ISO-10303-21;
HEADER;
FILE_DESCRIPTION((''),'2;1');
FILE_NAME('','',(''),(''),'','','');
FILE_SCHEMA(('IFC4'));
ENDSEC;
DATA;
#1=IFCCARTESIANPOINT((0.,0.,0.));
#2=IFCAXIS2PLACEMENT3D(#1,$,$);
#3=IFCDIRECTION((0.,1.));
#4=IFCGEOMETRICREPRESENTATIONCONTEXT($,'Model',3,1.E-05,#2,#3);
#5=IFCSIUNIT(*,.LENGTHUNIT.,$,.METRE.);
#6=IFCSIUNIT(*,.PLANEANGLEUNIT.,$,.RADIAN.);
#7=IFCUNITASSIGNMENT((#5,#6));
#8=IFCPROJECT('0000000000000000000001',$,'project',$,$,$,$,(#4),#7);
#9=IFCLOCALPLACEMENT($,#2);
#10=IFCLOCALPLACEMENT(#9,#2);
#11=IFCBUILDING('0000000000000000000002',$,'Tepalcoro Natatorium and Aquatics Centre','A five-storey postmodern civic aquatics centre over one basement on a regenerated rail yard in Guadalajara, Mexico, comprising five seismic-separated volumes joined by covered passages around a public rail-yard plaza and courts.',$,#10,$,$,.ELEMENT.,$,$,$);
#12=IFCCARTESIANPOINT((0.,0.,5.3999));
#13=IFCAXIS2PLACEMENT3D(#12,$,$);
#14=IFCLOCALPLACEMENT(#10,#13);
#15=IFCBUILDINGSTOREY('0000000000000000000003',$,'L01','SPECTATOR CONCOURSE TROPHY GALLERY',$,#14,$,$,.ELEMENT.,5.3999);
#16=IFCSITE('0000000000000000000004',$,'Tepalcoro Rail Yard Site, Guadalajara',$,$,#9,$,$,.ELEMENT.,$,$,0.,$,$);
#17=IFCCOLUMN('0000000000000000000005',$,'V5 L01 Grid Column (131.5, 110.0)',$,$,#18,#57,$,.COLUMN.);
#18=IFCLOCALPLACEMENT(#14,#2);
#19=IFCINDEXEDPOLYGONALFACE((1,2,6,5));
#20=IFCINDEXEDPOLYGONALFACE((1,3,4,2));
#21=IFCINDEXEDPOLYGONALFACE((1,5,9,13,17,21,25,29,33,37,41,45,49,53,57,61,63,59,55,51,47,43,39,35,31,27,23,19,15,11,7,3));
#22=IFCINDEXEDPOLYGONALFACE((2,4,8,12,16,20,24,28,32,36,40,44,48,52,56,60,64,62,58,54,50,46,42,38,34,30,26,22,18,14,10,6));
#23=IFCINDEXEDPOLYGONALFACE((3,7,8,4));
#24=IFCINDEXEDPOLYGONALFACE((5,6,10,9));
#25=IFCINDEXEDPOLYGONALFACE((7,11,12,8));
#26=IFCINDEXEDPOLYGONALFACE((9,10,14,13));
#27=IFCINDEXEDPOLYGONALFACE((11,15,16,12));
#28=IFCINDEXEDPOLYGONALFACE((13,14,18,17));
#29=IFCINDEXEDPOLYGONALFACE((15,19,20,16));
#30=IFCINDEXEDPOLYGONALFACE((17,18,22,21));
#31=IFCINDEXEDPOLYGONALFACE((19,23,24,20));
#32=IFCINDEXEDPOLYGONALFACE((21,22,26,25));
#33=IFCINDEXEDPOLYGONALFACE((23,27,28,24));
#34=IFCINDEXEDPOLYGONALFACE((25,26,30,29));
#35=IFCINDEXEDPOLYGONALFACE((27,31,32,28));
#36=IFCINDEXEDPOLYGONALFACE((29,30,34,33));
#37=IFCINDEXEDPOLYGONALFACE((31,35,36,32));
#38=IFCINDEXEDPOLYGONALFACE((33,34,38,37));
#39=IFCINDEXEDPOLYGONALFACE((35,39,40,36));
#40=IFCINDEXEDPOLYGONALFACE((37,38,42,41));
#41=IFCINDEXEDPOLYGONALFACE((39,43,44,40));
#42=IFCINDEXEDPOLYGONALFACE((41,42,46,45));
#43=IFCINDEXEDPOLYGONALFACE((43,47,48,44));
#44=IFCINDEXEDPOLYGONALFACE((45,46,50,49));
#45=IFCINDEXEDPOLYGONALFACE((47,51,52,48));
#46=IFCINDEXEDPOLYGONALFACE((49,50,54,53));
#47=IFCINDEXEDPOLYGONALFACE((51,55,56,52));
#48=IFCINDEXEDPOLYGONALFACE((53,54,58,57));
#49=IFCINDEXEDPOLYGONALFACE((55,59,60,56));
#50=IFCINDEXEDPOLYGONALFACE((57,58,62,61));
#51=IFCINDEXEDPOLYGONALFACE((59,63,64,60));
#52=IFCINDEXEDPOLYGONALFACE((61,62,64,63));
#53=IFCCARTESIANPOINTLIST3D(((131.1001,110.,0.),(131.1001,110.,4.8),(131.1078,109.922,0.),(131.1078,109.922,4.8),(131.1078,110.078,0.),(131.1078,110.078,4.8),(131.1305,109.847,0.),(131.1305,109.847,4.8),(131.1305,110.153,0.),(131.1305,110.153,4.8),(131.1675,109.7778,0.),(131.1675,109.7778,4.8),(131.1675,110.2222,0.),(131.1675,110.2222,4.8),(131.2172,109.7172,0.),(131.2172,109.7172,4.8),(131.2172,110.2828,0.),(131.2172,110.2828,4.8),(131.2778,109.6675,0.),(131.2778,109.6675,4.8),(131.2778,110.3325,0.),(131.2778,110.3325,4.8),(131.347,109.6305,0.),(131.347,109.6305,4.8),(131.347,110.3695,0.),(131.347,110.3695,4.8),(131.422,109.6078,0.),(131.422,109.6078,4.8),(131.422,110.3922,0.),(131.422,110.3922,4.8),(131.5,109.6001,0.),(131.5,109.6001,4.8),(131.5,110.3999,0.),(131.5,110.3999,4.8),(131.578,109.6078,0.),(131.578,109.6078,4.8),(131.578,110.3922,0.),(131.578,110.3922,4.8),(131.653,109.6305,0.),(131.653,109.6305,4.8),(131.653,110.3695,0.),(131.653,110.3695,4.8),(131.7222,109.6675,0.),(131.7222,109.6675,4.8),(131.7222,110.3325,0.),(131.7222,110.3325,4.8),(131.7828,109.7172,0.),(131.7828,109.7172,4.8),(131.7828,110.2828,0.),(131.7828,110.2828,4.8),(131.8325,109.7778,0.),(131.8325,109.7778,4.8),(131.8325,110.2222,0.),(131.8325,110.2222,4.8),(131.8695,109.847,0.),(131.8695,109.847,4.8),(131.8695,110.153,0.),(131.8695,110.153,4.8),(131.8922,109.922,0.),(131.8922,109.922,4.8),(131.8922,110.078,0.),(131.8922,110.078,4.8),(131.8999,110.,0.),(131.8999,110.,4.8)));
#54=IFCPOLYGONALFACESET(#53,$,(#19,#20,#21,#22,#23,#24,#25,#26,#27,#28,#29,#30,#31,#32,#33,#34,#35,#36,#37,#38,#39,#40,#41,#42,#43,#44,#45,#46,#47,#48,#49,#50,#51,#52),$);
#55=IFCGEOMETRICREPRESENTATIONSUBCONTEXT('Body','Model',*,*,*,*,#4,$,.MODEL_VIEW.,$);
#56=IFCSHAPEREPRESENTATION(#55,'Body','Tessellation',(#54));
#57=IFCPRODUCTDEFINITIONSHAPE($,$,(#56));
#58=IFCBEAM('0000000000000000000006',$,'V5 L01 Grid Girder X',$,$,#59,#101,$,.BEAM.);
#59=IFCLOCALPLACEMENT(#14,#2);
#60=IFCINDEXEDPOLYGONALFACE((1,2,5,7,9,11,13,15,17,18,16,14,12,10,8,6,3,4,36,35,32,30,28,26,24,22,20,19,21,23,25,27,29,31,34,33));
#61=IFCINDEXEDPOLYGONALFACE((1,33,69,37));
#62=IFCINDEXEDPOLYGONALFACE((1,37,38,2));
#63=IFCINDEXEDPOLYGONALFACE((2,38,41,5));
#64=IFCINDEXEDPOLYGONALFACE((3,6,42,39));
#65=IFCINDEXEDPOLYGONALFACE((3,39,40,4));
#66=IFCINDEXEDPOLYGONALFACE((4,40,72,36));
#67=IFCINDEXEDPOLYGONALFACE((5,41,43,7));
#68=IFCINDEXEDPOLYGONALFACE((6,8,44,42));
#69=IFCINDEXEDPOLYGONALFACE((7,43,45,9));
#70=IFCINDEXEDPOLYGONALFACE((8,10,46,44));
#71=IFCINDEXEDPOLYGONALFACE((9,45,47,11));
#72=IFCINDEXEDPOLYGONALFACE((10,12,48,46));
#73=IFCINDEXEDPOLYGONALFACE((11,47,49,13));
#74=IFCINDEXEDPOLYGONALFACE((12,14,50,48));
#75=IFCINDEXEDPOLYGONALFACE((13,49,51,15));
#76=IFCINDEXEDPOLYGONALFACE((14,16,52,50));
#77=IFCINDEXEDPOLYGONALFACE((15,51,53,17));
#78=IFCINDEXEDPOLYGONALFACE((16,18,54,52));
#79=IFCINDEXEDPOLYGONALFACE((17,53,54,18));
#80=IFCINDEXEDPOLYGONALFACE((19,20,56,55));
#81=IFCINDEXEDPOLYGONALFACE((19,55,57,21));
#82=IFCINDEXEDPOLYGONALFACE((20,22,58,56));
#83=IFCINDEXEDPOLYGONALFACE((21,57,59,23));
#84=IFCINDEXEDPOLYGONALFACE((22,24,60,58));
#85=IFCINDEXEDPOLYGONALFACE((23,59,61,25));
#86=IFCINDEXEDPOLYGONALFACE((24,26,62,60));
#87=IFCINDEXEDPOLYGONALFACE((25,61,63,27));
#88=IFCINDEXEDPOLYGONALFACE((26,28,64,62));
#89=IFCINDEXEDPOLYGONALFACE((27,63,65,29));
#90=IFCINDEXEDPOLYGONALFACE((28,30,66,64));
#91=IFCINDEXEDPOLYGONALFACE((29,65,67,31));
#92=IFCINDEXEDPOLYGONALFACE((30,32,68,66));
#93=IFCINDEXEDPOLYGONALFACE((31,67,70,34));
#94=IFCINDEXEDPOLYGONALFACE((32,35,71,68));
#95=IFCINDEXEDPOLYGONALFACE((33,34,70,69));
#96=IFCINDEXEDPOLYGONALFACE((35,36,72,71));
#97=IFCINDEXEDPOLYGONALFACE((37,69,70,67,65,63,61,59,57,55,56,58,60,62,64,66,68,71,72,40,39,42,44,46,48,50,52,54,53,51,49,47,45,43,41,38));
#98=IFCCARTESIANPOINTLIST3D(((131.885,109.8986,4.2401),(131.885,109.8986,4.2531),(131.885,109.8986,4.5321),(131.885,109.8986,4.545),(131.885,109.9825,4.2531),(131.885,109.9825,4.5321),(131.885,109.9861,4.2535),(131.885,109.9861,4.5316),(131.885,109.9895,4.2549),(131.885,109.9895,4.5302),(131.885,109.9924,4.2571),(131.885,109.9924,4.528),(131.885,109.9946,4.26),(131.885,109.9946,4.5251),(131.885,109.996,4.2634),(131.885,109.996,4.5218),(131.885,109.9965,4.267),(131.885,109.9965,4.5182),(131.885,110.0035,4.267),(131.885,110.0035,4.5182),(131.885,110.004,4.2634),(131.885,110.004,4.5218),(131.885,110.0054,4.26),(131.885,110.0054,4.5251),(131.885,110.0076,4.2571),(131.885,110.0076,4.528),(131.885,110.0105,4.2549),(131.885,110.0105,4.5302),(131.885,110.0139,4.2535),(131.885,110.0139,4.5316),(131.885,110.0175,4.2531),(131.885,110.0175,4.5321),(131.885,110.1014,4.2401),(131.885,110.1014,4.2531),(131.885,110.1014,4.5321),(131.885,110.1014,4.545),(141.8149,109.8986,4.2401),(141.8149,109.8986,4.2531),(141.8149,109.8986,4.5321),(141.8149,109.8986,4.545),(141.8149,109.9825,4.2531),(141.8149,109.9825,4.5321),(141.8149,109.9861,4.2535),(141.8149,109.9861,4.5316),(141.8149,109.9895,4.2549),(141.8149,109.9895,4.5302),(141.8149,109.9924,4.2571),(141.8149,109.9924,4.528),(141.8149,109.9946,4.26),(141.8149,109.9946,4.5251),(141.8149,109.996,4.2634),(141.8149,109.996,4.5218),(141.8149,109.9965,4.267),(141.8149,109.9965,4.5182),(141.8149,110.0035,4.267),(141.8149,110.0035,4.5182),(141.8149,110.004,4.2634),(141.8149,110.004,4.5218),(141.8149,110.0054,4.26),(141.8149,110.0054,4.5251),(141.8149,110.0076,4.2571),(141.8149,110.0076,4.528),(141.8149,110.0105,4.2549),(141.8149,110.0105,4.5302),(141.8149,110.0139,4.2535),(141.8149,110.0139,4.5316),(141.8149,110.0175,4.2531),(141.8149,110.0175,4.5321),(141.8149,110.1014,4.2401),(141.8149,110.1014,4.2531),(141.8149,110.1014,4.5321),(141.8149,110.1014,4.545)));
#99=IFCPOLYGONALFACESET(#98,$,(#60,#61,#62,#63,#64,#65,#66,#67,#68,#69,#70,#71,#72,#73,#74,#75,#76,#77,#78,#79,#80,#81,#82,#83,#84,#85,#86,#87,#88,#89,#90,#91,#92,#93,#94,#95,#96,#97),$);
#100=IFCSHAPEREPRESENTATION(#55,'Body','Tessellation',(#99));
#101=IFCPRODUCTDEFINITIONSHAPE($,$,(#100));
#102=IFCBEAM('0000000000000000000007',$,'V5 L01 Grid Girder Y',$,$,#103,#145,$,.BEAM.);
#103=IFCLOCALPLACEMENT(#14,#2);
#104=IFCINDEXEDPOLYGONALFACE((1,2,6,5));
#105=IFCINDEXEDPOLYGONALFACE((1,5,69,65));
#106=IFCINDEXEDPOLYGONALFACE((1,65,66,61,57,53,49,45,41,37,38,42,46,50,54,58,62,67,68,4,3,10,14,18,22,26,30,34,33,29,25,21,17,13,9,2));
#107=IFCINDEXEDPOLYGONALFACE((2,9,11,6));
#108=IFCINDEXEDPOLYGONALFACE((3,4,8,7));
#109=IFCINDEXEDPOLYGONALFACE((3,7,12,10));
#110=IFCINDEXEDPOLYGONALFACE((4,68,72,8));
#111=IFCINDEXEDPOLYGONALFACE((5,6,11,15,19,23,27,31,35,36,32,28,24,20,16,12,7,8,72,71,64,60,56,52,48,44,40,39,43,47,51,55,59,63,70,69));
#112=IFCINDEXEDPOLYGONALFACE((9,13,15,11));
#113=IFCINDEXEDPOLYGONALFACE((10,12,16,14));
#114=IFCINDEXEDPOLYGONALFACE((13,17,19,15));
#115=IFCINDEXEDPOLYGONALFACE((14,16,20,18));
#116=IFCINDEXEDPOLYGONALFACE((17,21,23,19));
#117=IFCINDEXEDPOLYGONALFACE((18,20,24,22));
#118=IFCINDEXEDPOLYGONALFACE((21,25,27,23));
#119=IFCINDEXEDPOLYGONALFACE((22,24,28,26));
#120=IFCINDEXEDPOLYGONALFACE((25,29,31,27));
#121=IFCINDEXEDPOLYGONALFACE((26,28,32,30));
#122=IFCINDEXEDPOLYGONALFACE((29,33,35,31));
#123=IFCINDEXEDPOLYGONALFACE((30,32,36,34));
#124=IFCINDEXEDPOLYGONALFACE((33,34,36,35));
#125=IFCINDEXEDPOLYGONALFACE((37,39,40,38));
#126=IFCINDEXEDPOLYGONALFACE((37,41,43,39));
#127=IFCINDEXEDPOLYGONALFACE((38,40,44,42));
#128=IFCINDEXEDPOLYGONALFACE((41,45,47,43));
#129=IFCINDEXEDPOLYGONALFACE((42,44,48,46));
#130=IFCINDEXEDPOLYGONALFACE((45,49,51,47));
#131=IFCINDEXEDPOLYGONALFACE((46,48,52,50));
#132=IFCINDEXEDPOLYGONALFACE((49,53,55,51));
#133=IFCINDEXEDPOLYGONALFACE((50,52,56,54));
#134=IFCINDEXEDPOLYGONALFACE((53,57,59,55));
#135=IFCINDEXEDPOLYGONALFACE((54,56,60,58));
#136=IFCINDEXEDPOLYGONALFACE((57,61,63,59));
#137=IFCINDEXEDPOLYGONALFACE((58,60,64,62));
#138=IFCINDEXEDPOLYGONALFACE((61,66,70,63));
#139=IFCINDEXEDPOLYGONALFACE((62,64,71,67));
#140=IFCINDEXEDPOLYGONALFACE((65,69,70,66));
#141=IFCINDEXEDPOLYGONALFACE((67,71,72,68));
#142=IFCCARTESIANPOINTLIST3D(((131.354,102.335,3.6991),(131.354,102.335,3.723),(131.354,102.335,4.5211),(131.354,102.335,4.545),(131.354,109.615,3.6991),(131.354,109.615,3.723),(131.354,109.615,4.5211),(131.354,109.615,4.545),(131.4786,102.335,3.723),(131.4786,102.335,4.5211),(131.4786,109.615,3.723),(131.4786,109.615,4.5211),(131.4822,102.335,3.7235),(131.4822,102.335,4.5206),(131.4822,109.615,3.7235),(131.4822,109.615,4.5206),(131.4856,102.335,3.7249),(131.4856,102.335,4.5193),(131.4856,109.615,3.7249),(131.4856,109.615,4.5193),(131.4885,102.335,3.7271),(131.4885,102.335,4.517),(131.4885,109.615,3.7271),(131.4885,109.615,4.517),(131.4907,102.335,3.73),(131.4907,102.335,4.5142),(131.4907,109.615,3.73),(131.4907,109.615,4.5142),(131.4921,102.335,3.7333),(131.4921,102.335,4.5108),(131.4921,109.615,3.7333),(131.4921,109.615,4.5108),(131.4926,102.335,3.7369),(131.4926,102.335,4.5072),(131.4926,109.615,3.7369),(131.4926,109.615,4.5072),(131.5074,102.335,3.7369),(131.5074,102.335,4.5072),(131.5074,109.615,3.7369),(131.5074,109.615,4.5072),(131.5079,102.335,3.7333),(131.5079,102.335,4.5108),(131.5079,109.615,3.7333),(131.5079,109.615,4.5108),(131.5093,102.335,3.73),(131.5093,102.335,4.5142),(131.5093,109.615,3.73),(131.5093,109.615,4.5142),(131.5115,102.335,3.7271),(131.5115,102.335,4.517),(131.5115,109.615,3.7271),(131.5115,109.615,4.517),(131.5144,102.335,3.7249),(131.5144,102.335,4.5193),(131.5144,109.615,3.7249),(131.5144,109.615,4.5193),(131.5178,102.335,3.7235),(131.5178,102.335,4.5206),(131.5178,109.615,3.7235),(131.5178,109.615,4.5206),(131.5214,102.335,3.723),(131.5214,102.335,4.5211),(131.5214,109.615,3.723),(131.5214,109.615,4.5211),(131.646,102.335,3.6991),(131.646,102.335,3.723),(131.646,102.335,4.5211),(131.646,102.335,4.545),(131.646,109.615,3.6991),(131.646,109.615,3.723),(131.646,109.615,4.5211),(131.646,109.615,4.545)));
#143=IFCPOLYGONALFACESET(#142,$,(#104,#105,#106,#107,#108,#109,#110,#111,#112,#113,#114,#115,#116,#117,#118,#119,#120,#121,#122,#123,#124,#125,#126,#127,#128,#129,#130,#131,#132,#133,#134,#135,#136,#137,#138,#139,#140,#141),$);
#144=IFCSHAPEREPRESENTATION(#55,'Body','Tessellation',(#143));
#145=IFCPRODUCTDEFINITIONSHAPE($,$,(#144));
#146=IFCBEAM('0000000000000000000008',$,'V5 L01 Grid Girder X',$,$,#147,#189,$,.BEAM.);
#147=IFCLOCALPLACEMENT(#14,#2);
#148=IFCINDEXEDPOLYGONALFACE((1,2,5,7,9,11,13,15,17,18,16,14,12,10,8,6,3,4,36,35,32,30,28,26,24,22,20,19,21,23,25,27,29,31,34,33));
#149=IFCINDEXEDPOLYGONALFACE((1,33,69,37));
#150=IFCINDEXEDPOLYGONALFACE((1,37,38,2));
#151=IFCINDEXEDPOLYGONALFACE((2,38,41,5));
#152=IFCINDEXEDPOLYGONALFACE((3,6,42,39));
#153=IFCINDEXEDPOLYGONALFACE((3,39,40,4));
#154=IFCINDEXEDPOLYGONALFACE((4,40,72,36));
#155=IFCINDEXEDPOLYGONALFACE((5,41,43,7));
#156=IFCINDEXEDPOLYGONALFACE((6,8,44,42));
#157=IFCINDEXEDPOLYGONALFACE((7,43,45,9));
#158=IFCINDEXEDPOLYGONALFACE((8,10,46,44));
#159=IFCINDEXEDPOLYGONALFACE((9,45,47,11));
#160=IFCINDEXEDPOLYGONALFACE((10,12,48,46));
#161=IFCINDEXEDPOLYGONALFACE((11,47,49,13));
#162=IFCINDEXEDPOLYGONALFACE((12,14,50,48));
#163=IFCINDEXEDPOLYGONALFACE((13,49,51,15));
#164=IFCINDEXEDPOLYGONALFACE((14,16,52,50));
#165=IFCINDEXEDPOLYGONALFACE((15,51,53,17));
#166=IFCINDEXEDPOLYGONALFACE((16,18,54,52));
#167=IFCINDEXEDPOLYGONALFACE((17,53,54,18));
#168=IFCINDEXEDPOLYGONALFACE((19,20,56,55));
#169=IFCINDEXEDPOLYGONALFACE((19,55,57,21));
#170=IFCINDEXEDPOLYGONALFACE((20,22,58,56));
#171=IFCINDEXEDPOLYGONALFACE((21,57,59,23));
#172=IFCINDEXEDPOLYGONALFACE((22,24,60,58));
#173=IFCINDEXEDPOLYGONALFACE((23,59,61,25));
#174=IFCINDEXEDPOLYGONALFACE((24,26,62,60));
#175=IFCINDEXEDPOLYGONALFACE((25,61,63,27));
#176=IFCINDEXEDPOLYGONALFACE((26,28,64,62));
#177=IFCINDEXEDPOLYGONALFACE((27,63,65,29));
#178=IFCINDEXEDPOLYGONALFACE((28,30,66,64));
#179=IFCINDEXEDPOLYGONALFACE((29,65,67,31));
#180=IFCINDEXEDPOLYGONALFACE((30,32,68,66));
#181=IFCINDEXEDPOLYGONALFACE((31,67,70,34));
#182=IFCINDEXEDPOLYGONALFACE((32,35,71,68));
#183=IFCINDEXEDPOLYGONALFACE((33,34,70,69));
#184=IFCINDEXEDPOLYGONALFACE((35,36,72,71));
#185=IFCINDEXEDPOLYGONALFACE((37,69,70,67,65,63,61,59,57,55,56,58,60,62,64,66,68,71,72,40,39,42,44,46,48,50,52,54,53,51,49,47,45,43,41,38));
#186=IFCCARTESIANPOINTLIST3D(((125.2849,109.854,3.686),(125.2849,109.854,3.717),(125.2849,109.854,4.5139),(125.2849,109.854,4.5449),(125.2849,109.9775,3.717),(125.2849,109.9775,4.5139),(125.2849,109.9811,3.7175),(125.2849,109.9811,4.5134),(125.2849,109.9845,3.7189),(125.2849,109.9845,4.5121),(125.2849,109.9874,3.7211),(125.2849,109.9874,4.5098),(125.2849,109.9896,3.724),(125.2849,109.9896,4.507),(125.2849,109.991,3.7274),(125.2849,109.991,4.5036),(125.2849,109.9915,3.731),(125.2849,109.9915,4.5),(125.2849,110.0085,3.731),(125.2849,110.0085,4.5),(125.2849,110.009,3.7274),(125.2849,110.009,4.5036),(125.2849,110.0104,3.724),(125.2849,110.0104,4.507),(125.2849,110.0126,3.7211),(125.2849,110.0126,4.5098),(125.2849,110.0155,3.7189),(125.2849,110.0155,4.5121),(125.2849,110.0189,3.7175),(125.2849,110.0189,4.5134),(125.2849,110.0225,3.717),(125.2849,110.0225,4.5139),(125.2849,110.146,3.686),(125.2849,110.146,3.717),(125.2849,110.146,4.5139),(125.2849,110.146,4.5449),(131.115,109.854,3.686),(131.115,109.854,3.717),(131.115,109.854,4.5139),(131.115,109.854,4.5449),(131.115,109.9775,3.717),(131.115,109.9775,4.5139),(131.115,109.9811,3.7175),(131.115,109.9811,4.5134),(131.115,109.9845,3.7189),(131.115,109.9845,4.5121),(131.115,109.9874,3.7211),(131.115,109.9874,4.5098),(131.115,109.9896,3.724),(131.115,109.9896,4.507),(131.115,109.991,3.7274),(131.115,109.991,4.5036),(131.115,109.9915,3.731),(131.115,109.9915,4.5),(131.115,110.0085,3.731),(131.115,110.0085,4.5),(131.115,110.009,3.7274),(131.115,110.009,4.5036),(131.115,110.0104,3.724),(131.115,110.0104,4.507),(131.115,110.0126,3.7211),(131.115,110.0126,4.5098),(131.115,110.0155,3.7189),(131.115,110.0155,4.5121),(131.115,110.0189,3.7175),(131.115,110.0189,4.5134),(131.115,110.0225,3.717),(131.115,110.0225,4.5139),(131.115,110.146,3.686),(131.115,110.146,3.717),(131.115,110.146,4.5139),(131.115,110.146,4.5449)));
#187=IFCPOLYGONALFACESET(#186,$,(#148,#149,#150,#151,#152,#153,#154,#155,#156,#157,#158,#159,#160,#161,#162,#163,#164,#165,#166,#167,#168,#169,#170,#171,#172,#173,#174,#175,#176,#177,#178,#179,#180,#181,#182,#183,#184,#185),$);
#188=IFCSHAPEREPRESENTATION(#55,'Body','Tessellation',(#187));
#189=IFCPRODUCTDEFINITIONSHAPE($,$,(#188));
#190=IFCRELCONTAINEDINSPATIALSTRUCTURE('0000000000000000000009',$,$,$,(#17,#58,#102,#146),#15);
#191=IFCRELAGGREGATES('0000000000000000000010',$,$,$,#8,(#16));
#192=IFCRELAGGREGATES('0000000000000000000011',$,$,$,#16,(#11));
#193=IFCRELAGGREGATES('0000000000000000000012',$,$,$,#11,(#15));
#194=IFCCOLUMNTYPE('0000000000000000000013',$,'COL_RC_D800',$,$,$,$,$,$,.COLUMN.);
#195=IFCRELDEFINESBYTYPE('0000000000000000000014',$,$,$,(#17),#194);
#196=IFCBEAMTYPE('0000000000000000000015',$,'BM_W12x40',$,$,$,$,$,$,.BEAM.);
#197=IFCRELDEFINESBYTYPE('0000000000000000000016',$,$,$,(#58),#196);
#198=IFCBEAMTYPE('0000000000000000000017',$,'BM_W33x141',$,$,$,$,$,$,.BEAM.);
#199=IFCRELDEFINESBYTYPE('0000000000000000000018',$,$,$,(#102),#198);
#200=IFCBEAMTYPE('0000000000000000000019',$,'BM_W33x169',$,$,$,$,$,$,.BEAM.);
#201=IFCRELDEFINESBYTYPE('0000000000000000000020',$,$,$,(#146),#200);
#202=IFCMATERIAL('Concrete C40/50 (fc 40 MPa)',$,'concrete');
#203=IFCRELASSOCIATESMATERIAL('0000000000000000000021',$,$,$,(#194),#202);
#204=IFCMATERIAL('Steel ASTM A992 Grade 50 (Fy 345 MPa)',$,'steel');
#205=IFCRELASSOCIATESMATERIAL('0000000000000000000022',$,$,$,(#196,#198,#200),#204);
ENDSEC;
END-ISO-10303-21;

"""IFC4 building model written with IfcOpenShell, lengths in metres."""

from ifc_helpers import new_model, si_unit, direction, frame, origin, origin_2d, place, context, subcontext, project, spatial, circle, i_section, extrude, material, material_profile, profile_set, type_object, element, save


model = new_model("IFC4")

# Units and contexts
model_context = context("Model", 3, precision=1e-05, world=origin(), true_north=direction((0.0, 1.0)))
body_context = subcontext(model_context, "Body", "Model", "MODEL_VIEW")
ifc_project = project(units=[si_unit("LENGTHUNIT", "METRE"), si_unit("PLANEANGLEUNIT", "RADIAN")], contexts=[model_context])

# Site, building, storey
site_placement = place(None, origin())
site = spatial("IfcSite", under=ifc_project, at=site_placement, Name="Tepalcoro Rail Yard Site, Guadalajara", CompositionType="ELEMENT", RefElevation=0.0)
building_placement = place(site_placement, origin())
building = spatial("IfcBuilding", under=site, at=building_placement, Name="Tepalcoro Natatorium and Aquatics Centre", Description="A five-storey postmodern civic aquatics centre over one basement on a regenerated rail yard in Guadalajara, Mexico, comprising five seismic-separated volumes joined by covered passages around a public rail-yard plaza and courts.", CompositionType="ELEMENT")
storey_placement = place(building_placement, frame((0.0, 0.0, 5.3999)))
storey = spatial("IfcBuildingStorey", under=building, at=storey_placement, Name="L01", Description="SPECTATOR CONCOURSE TROPHY GALLERY", CompositionType="ELEMENT", Elevation=5.3999)

# Column
ifc_material_1 = material(Name="Concrete C40/50 (fc 40 MPa)", Category="concrete")
ifc_material_profile_1 = material_profile(ifc_material_1, circle(Radius=0.3999, at=origin_2d()), Name="RCD800")
ifc_profile_set_1 = profile_set([ifc_material_profile_1], Name="Concrete C40/50 (fc 40 MPa)")
column_type = type_object("IfcColumnType", Name="COL_RC_D800", PredefinedType="COLUMN", material=ifc_profile_set_1)
column_placement = place(storey_placement, frame((131.5, 110.0, 0.0), z_axis=(0.0, 0.0, 1.0), x_axis=(1.0, 0.0, 0.0)))
element("IfcColumn", 1, at=column_placement, inside=storey, type_object=column_type, Name="V5 L01 Grid Column (131.5, 110.0)", PredefinedType="COLUMN", context=body_context, shape_type="SweptSolid", body=[
    extrude(circle(Radius=0.3999, at=origin_2d()), origin(), (0.0, 0.0, 1.0), 4.8),
])

# Beams
ifc_material_2 = material(Name="Steel ASTM A992 Grade 50 (Fy 345 MPa)", Category="steel")
ifc_material_profile_2 = material_profile(ifc_material_2, i_section(OverallWidth=0.2029, OverallDepth=0.3049, WebThickness=0.0071, FlangeThickness=0.0129, FilletRadius=0.0139, at=origin_2d()), Name="W12X40")
ifc_profile_set_2 = profile_set([ifc_material_profile_2], Name="Steel ASTM A992 Grade 50 (Fy 345 MPa)")
beam_type_1 = type_object("IfcBeamType", Name="BM_W12x40", PredefinedType="BEAM", material=ifc_profile_set_2)
beam_1_placement = place(storey_placement, frame((131.885, 110.0, 4.3926), z_axis=(1.0, 0.0, 0.0), x_axis=(0.0, 1.0, 0.0)))
element("IfcBeam", 2, at=beam_1_placement, inside=storey, type_object=beam_type_1, Name="V5 L01 Grid Girder X", PredefinedType="BEAM", context=body_context, shape_type="SweptSolid", body=[
    extrude(i_section(OverallWidth=0.2029, OverallDepth=0.3049, WebThickness=0.0071, FlangeThickness=0.0129, FilletRadius=0.0139, at=origin_2d()), origin(), (0.0, 0.0, 1.0), 9.9299),
])
ifc_material_profile_3 = material_profile(ifc_material_2, i_section(OverallWidth=0.292, OverallDepth=0.8459, WebThickness=0.0149, FlangeThickness=0.0239, FilletRadius=0.0139, at=origin_2d()), Name="W33X141")
ifc_profile_set_3 = profile_set([ifc_material_profile_3], Name="Steel ASTM A992 Grade 50 (Fy 345 MPa)")
beam_type_2 = type_object("IfcBeamType", Name="BM_W33x141", PredefinedType="BEAM", material=ifc_profile_set_3)
beam_2_placement = place(storey_placement, frame((131.5, 102.335, 4.1221), z_axis=(0.0, 1.0, 0.0), x_axis=(-1.0, 0.0, 0.0)))
element("IfcBeam", 3, at=beam_2_placement, inside=storey, type_object=beam_type_2, Name="V5 L01 Grid Girder Y", PredefinedType="BEAM", context=body_context, shape_type="SweptSolid", body=[
    extrude(i_section(OverallWidth=0.292, OverallDepth=0.8459, WebThickness=0.0149, FlangeThickness=0.0239, FilletRadius=0.0139, at=origin_2d()), origin(), (0.0, 0.0, 1.0), 7.28),
])
ifc_material_profile_4 = material_profile(ifc_material_2, i_section(OverallWidth=0.292, OverallDepth=0.8589, WebThickness=0.0171, FlangeThickness=0.031, FilletRadius=0.0139, at=origin_2d()), Name="W33X169")
ifc_profile_set_4 = profile_set([ifc_material_profile_4], Name="Steel ASTM A992 Grade 50 (Fy 345 MPa)")
beam_type_3 = type_object("IfcBeamType", Name="BM_W33x169", PredefinedType="BEAM", material=ifc_profile_set_4)
beam_3_placement = place(storey_placement, frame((125.2849, 110.0, 4.1155), z_axis=(1.0, 0.0, 0.0), x_axis=(0.0, 1.0, 0.0)))
element("IfcBeam", 4, at=beam_3_placement, inside=storey, type_object=beam_type_3, Name="V5 L01 Grid Girder X", PredefinedType="BEAM", context=body_context, shape_type="SweptSolid", body=[
    extrude(i_section(OverallWidth=0.292, OverallDepth=0.8589, WebThickness=0.0171, FlangeThickness=0.031, FilletRadius=0.0139, at=origin_2d()), origin(), (0.0, 0.0, 1.0), 5.8301),
])

save(model, "model.ifc")
